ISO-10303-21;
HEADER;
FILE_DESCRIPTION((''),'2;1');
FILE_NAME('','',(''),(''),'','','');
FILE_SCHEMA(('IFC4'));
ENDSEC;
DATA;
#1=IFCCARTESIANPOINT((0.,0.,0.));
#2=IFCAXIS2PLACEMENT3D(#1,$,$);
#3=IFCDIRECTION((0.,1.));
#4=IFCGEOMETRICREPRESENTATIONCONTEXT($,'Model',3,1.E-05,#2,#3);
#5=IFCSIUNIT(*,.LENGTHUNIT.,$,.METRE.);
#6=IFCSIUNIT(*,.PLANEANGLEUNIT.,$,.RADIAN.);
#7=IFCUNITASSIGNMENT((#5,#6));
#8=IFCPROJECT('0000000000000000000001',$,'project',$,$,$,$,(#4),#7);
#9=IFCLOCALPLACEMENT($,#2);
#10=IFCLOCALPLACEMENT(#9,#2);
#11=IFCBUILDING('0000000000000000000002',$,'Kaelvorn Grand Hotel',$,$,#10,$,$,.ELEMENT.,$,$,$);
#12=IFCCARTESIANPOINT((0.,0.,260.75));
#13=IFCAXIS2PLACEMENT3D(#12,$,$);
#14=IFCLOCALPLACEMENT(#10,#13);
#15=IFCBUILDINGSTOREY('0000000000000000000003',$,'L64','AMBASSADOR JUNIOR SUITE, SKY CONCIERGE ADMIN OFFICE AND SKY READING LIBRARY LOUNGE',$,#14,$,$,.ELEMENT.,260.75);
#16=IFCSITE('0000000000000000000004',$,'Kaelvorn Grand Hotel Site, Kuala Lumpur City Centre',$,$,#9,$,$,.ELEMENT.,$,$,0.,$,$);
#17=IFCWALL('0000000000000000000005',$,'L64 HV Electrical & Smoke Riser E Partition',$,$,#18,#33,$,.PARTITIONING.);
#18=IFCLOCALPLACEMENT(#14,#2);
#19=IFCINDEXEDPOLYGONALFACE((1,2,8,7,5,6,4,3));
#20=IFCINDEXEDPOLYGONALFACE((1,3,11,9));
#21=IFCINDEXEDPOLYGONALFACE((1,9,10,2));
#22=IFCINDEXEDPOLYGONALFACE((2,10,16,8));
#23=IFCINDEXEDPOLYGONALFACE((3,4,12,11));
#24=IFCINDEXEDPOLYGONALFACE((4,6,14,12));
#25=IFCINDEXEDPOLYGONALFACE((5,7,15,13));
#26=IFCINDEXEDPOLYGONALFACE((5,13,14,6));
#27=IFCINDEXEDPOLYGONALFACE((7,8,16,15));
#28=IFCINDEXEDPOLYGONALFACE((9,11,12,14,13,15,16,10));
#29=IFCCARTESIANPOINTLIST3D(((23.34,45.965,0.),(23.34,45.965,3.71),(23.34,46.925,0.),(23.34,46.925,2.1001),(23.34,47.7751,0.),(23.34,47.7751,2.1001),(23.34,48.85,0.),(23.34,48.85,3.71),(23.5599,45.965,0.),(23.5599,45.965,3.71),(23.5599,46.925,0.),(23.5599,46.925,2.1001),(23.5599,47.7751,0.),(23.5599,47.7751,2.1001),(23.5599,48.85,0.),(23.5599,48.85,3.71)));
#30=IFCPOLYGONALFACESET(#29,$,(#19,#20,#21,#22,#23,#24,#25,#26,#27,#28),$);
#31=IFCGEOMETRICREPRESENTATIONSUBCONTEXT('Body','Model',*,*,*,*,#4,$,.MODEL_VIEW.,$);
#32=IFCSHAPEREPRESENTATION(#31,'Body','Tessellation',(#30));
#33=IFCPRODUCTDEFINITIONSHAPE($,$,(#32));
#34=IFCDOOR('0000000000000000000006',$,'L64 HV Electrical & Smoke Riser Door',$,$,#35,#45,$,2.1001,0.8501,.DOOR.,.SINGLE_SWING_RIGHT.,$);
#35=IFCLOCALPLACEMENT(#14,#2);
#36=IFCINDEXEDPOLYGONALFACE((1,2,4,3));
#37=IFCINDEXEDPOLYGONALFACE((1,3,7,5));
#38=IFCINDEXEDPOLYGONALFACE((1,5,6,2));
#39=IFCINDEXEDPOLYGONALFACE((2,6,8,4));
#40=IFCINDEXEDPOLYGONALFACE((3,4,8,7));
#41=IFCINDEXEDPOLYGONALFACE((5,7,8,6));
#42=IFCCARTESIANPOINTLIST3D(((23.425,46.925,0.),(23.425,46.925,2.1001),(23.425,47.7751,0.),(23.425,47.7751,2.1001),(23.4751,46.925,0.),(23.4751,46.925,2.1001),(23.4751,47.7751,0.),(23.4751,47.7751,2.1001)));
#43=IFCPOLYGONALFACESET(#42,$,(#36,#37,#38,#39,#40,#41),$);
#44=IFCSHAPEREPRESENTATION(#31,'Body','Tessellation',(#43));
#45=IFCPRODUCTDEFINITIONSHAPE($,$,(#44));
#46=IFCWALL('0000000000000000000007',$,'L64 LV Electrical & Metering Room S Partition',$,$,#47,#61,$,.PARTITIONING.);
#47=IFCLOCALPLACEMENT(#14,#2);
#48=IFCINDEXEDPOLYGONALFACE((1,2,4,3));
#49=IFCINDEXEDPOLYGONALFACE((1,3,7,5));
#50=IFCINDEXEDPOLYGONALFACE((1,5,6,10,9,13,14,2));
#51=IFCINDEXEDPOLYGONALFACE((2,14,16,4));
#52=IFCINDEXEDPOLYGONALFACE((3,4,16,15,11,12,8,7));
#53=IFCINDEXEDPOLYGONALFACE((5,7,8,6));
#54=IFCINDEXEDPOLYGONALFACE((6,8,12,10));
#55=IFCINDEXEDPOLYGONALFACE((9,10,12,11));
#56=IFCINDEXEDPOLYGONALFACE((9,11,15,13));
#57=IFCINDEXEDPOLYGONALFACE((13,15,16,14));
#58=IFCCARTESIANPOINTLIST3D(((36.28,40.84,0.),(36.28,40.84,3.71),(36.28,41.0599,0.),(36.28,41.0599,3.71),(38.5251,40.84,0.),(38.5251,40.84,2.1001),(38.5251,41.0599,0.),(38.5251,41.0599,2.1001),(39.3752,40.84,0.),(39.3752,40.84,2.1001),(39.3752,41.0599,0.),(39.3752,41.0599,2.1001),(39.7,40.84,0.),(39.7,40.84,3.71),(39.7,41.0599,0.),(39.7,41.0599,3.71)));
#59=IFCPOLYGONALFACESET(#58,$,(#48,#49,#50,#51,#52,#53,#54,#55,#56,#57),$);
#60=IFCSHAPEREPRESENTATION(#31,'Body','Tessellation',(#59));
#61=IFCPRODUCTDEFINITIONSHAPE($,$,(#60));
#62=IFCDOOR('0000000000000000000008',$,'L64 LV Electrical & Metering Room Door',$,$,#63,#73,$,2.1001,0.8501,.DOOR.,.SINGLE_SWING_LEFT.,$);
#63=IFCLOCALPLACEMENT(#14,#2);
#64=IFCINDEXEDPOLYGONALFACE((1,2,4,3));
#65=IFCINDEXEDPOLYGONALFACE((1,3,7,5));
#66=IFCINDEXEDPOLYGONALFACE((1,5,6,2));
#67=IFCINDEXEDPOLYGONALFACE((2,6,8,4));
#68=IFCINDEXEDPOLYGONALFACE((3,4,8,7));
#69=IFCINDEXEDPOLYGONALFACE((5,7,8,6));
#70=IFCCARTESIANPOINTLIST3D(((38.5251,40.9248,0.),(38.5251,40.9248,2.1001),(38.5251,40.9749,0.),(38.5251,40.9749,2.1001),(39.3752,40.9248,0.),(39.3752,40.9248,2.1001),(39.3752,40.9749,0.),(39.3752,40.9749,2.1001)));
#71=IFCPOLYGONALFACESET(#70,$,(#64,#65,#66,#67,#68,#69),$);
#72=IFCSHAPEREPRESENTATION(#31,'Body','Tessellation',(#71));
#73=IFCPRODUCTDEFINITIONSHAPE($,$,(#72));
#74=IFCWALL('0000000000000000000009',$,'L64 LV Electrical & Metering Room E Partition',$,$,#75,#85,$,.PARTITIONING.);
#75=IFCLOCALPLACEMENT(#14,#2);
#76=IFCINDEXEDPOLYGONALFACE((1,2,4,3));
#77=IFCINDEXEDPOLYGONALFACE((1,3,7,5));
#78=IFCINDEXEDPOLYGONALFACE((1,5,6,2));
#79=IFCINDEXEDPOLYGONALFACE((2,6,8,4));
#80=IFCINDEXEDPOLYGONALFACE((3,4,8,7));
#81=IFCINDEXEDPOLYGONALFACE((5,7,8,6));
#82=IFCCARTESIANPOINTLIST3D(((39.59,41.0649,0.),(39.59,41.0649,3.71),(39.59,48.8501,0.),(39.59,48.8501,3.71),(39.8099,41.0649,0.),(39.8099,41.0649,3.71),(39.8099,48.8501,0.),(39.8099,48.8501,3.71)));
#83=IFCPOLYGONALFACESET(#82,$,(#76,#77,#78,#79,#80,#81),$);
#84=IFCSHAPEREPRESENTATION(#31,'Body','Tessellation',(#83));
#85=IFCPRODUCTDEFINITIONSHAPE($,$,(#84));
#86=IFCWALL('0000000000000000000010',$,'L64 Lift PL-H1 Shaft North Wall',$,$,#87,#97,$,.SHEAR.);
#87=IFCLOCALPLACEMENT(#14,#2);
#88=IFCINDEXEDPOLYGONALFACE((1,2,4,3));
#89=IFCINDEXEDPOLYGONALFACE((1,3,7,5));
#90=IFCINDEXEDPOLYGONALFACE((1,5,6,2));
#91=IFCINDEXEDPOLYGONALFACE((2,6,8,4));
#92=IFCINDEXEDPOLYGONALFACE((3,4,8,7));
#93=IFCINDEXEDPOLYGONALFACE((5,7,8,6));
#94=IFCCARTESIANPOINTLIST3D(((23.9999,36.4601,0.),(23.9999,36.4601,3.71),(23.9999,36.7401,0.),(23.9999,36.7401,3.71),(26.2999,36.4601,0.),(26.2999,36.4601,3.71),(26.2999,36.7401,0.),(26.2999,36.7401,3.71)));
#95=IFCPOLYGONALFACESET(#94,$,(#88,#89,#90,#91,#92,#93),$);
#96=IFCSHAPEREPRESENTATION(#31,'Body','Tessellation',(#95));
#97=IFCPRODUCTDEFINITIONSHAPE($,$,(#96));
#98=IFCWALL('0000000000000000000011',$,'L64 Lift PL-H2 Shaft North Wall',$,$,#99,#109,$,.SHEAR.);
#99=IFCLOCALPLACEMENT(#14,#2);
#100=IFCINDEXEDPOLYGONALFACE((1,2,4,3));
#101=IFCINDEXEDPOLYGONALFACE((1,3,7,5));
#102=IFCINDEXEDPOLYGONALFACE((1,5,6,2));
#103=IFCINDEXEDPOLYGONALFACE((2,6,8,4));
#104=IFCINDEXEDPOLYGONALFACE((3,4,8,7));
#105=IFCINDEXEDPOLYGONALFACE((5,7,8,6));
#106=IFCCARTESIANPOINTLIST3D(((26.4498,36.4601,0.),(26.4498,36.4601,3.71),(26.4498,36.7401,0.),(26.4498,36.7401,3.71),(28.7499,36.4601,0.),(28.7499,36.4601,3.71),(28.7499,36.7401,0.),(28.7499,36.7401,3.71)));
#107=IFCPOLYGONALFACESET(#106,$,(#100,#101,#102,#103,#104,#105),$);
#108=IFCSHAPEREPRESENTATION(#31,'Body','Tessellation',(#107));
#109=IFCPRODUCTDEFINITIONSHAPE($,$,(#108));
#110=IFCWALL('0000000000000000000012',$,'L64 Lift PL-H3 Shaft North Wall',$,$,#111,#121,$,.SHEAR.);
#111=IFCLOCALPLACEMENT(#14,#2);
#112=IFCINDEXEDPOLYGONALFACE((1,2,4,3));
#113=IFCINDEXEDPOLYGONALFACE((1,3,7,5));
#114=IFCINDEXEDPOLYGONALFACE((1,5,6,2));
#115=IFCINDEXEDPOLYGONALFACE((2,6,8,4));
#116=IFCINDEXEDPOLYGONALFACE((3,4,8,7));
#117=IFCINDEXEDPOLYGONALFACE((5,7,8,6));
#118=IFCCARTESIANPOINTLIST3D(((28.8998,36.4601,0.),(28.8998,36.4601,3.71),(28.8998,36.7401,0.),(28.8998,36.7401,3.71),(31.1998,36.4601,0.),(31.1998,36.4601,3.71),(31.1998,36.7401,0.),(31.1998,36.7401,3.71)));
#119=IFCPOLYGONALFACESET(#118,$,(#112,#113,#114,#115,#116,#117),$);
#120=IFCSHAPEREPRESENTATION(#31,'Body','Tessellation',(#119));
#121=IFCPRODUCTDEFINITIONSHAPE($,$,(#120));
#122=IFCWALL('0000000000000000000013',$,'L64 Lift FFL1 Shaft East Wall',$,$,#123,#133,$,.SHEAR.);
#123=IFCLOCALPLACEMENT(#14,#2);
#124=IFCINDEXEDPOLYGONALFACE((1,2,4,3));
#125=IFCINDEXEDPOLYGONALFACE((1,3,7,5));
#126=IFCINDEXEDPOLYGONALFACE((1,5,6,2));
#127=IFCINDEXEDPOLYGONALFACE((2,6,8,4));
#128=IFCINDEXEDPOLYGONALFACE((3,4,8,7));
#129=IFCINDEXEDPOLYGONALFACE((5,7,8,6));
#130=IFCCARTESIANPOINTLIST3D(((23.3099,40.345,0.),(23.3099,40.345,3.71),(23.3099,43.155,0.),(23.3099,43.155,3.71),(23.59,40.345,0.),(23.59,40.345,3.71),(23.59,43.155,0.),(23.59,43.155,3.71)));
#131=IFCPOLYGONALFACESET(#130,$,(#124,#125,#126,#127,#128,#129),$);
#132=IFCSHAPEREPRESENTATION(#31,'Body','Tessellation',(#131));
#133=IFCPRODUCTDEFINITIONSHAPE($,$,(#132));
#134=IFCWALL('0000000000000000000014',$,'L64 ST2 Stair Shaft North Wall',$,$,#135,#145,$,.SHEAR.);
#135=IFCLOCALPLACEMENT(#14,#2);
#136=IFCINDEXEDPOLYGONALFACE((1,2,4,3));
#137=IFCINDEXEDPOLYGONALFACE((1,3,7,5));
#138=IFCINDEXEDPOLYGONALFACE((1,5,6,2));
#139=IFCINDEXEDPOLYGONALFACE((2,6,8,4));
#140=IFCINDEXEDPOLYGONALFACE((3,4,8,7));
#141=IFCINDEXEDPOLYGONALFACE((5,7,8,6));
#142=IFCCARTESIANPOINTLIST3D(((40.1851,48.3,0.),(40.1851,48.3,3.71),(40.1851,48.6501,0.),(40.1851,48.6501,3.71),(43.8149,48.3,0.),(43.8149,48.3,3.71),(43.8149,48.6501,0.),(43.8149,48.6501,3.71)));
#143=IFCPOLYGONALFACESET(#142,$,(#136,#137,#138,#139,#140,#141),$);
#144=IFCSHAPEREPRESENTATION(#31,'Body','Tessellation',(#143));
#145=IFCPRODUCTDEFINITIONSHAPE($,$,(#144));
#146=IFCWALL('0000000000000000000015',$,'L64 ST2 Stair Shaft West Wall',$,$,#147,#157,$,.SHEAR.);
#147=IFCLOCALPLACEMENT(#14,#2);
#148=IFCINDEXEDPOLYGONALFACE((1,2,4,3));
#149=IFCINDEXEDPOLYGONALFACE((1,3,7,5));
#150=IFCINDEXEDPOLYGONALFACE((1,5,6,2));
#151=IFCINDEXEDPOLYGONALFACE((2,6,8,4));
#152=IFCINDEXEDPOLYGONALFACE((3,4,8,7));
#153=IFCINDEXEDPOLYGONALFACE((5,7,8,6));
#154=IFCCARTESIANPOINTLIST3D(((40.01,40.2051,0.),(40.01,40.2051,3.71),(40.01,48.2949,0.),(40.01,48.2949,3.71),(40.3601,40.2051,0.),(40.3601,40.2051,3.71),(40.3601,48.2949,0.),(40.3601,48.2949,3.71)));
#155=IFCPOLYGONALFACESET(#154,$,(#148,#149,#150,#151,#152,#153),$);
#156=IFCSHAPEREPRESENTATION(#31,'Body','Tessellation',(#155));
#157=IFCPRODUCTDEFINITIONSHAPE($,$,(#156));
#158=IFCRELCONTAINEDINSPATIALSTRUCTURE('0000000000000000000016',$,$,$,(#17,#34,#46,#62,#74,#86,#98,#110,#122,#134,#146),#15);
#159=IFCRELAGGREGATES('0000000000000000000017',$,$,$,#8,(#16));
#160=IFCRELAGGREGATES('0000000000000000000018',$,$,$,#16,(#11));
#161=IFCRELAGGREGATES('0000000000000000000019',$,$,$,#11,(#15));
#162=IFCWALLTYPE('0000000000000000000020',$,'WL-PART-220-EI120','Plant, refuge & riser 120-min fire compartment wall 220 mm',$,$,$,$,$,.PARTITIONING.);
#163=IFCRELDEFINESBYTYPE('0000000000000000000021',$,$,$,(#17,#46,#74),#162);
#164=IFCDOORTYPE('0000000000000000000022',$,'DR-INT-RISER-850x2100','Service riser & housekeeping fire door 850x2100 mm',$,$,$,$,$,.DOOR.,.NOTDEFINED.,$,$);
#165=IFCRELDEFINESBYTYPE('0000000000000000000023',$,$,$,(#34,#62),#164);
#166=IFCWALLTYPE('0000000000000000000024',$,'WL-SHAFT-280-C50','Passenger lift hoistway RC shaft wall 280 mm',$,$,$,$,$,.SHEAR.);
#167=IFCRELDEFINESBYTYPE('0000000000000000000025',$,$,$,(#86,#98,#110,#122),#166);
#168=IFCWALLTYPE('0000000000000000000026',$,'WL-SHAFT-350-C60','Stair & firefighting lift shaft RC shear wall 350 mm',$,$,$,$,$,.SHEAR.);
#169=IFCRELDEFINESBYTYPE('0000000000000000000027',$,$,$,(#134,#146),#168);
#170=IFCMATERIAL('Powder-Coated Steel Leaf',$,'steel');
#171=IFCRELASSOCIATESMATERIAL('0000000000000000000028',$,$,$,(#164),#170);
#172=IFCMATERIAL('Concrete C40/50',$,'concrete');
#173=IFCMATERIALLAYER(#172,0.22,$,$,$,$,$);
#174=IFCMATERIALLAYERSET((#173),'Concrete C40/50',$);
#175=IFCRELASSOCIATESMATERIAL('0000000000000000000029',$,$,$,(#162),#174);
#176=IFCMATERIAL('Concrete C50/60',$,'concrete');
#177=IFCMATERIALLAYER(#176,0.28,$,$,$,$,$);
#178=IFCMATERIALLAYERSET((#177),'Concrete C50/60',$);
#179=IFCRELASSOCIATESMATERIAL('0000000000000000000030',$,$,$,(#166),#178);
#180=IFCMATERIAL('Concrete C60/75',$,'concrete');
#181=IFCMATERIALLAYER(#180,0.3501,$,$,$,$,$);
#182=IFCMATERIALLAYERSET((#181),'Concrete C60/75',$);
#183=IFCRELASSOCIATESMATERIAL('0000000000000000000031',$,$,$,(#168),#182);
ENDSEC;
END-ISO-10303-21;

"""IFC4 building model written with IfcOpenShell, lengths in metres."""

from ifc_helpers import new_model, si_unit, direction, frame, frame_2d, origin, place, context, subcontext, project, spatial, rectangle, extrude, material, layer, layer_set, type_object, element, fill, save


model = new_model("IFC4")

# Units and contexts
model_context = context("Model", 3, precision=1e-05, world=origin(), true_north=direction((0.0, 1.0)))
body_context = subcontext(model_context, "Body", "Model", "MODEL_VIEW")
ifc_project = project(units=[si_unit("LENGTHUNIT", "METRE"), si_unit("PLANEANGLEUNIT", "RADIAN")], contexts=[model_context])

# Site, building, storey
site_placement = place(None, origin())
site = spatial("IfcSite", under=ifc_project, at=site_placement, Name="Kaelvorn Grand Hotel Site, Kuala Lumpur City Centre", CompositionType="ELEMENT", RefElevation=0.0)
building_placement = place(site_placement, origin())
building = spatial("IfcBuilding", under=site, at=building_placement, Name="Kaelvorn Grand Hotel", CompositionType="ELEMENT")
storey_placement = place(building_placement, frame((0.0, 0.0, 260.75)))
storey = spatial("IfcBuildingStorey", under=building, at=storey_placement, Name="L64", Description="AMBASSADOR JUNIOR SUITE, SKY CONCIERGE ADMIN OFFICE AND SKY READING LIBRARY LOUNGE", CompositionType="ELEMENT", Elevation=260.75)

# Shared definitions
ifc_material_1 = material(Name="Concrete C50/60", Category="concrete")

# Shared definitions
ifc_material_2 = material(Name="Powder-Coated Steel Leaf", Category="steel")
door_type_1 = type_object("IfcDoorType", Name="DR-INT-RISER-850x2100", Description="Service riser & housekeeping fire door 850x2100 mm", OperationType="NOTDEFINED", PredefinedType="DOOR", material=ifc_material_2)

# Walls, openings, doors
ifc_material_3 = material(Name="Concrete C40/50", Category="concrete")
ifc_layer_1 = layer(ifc_material_3, 0.22)
ifc_layer_set_1 = layer_set([ifc_layer_1], Name="Concrete C40/50")
wall_type_1 = type_object("IfcWallType", Name="WL-PART-220-EI120", Description="Plant, refuge & riser 120-min fire compartment wall 220 mm", PredefinedType="PARTITIONING", material=ifc_layer_set_1)
wall_1_placement = place(storey_placement, frame((23.45, 45.9651, 0.0), z_axis=(0.0, 0.0, 1.0), x_axis=(0.0, 1.0, 0.0)))
wall_1 = element("IfcWall", 1, at=wall_1_placement, inside=storey, type_object=wall_type_1, Name="L64 HV Electrical & Smoke Riser E Partition", PredefinedType="PARTITIONING", context=body_context, shape_type="SweptSolid", body=[
    extrude(rectangle(XDim=2.885, YDim=0.22, at=frame_2d((1.4424, 0.0))), origin(), (0.0, 0.0, 1.0), 3.71),
])
opening_1_placement = place(wall_1_placement, frame((0.96, 0.0, 0.0)))
opening_1 = element("IfcOpeningElement", 2, at=opening_1_placement, cuts=wall_1, PredefinedType="OPENING", context=body_context, shape_type="SweptSolid", body=[
    extrude(rectangle(XDim=0.8501, YDim=2.1001, at=frame_2d((0.425, 1.05))), frame((0.0, 0.1201, 0.0), z_axis=(0.0, -1.0, 0.0), x_axis=(1.0, 0.0, 0.0)), (0.0, 0.0, 1.0), 0.24),
])
door_1_placement = place(opening_1_placement, origin())
door_1 = element("IfcDoor", 3, at=door_1_placement, inside=storey, type_object=door_type_1, Name="L64 HV Electrical & Smoke Riser Door", OperationType="SINGLE_SWING_RIGHT", OverallHeight=2.1001, OverallWidth=0.8501, PredefinedType="DOOR", context=body_context, shape_type="SweptSolid", body=[
    extrude(rectangle(XDim=0.8501, YDim=2.1001, at=frame_2d((0.425, 1.05))), frame((0.0, 0.0249, 0.0), z_axis=(0.0, -1.0, 0.0), x_axis=(1.0, 0.0, 0.0)), (0.0, 0.0, 1.0), 0.05),
])
fill(opening_1, door_1)
wall_2_placement = place(storey_placement, frame((36.28, 40.95, 0.0), z_axis=(0.0, 0.0, 1.0), x_axis=(1.0, 0.0, 0.0)))
wall_2 = element("IfcWall", 4, at=wall_2_placement, inside=storey, type_object=wall_type_1, Name="L64 LV Electrical & Metering Room S Partition", PredefinedType="PARTITIONING", context=body_context, shape_type="SweptSolid", body=[
    extrude(rectangle(XDim=3.4199, YDim=0.22, at=frame_2d((1.71, 0.0))), origin(), (0.0, 0.0, 1.0), 3.71),
])
opening_2_placement = place(wall_2_placement, frame((2.2451, 0.0, 0.0)))
opening_2 = element("IfcOpeningElement", 5, at=opening_2_placement, cuts=wall_2, PredefinedType="OPENING", context=body_context, shape_type="SweptSolid", body=[
    extrude(rectangle(XDim=0.8501, YDim=2.1001, at=frame_2d((0.425, 1.05))), frame((0.0, 0.1201, 0.0), z_axis=(0.0, -1.0, 0.0), x_axis=(1.0, 0.0, 0.0)), (0.0, 0.0, 1.0), 0.24),
])
door_2_placement = place(opening_2_placement, origin())
door_2 = element("IfcDoor", 6, at=door_2_placement, inside=storey, type_object=door_type_1, Name="L64 LV Electrical & Metering Room Door", OperationType="SINGLE_SWING_LEFT", OverallHeight=2.1001, OverallWidth=0.8501, PredefinedType="DOOR", context=body_context, shape_type="SweptSolid", body=[
    extrude(rectangle(XDim=0.8501, YDim=2.1001, at=frame_2d((0.425, 1.05))), frame((0.0, 0.0249, 0.0), z_axis=(0.0, -1.0, 0.0), x_axis=(1.0, 0.0, 0.0)), (0.0, 0.0, 1.0), 0.05),
])
fill(opening_2, door_2)

# Walls
wall_3_placement = place(storey_placement, frame((39.7, 41.0649, 0.0), z_axis=(0.0, 0.0, 1.0), x_axis=(0.0, 1.0, 0.0)))
element("IfcWall", 7, at=wall_3_placement, inside=storey, type_object=wall_type_1, Name="L64 LV Electrical & Metering Room E Partition", PredefinedType="PARTITIONING", context=body_context, shape_type="SweptSolid", body=[
    extrude(rectangle(XDim=7.7852, YDim=0.22, at=frame_2d((3.8926, 0.0))), origin(), (0.0, 0.0, 1.0), 3.71),
])
ifc_layer_2 = layer(ifc_material_1, 0.28)
ifc_layer_set_2 = layer_set([ifc_layer_2], Name="Concrete C50/60")
wall_type_2 = type_object("IfcWallType", Name="WL-SHAFT-280-C50", Description="Passenger lift hoistway RC shaft wall 280 mm", PredefinedType="SHEAR", material=ifc_layer_set_2)
for number, where, z_axis, x_axis, name in (
    (8, (24.0, 36.6001, 0.0), (0.0, 0.0, 1.0), (1.0, 0.0, 0.0), "L64 Lift PL-H1 Shaft North Wall"),
    (9, (26.45, 36.6001, 0.0), (0.0, 0.0, 1.0), (1.0, 0.0, 0.0), "L64 Lift PL-H2 Shaft North Wall"),
    (10, (28.8999, 36.6001, 0.0), (0.0, 0.0, 1.0), (1.0, 0.0, 0.0), "L64 Lift PL-H3 Shaft North Wall"),
):
    element("IfcWall", number, at=place(storey_placement, frame(where, z_axis=z_axis, x_axis=x_axis)), inside=storey, type_object=wall_type_2, Name=name, PredefinedType="SHEAR", context=body_context, shape_type="SweptSolid", body=[
        extrude(rectangle(XDim=2.3, YDim=0.28, at=frame_2d((1.1499, 0.0))), origin(), (0.0, 0.0, 1.0), 3.71),
    ])
wall_4_placement = place(storey_placement, frame((23.45, 40.345, 0.0), z_axis=(0.0, 0.0, 1.0), x_axis=(0.0, 1.0, 0.0)))
element("IfcWall", 11, at=wall_4_placement, inside=storey, type_object=wall_type_2, Name="L64 Lift FFL1 Shaft East Wall", PredefinedType="SHEAR", context=body_context, shape_type="SweptSolid", body=[
    extrude(rectangle(XDim=2.8101, YDim=0.28, at=frame_2d((1.405, 0.0))), origin(), (0.0, 0.0, 1.0), 3.71),
])

# Shared definitions
ifc_material_4 = material(Name="Concrete C60/75", Category="concrete")
ifc_layer_3 = layer(ifc_material_4, 0.3501)
ifc_layer_set_3 = layer_set([ifc_layer_3], Name="Concrete C60/75")
wall_type_3 = type_object("IfcWallType", Name="WL-SHAFT-350-C60", Description="Stair & firefighting lift shaft RC shear wall 350 mm", PredefinedType="SHEAR", material=ifc_layer_set_3)

# Walls
wall_5_placement = place(storey_placement, frame((40.1851, 48.4751, 0.0), z_axis=(0.0, 0.0, 1.0), x_axis=(1.0, 0.0, 0.0)))
element("IfcWall", 12, at=wall_5_placement, inside=storey, type_object=wall_type_3, Name="L64 ST2 Stair Shaft North Wall", PredefinedType="SHEAR", context=body_context, shape_type="SweptSolid", body=[
    extrude(rectangle(XDim=3.6299, YDim=0.3501, at=frame_2d((1.8149, 0.0))), origin(), (0.0, 0.0, 1.0), 3.71),
])
wall_6_placement = place(storey_placement, frame((40.1851, 40.2051, 0.0), z_axis=(0.0, 0.0, 1.0), x_axis=(0.0, 1.0, 0.0)))
element("IfcWall", 13, at=wall_6_placement, inside=storey, type_object=wall_type_3, Name="L64 ST2 Stair Shaft West Wall", PredefinedType="SHEAR", context=body_context, shape_type="SweptSolid", body=[
    extrude(rectangle(XDim=8.0898, YDim=0.3501, at=frame_2d((4.0449, 0.0))), origin(), (0.0, 0.0, 1.0), 3.71),
])

save(model, "model.ifc")
